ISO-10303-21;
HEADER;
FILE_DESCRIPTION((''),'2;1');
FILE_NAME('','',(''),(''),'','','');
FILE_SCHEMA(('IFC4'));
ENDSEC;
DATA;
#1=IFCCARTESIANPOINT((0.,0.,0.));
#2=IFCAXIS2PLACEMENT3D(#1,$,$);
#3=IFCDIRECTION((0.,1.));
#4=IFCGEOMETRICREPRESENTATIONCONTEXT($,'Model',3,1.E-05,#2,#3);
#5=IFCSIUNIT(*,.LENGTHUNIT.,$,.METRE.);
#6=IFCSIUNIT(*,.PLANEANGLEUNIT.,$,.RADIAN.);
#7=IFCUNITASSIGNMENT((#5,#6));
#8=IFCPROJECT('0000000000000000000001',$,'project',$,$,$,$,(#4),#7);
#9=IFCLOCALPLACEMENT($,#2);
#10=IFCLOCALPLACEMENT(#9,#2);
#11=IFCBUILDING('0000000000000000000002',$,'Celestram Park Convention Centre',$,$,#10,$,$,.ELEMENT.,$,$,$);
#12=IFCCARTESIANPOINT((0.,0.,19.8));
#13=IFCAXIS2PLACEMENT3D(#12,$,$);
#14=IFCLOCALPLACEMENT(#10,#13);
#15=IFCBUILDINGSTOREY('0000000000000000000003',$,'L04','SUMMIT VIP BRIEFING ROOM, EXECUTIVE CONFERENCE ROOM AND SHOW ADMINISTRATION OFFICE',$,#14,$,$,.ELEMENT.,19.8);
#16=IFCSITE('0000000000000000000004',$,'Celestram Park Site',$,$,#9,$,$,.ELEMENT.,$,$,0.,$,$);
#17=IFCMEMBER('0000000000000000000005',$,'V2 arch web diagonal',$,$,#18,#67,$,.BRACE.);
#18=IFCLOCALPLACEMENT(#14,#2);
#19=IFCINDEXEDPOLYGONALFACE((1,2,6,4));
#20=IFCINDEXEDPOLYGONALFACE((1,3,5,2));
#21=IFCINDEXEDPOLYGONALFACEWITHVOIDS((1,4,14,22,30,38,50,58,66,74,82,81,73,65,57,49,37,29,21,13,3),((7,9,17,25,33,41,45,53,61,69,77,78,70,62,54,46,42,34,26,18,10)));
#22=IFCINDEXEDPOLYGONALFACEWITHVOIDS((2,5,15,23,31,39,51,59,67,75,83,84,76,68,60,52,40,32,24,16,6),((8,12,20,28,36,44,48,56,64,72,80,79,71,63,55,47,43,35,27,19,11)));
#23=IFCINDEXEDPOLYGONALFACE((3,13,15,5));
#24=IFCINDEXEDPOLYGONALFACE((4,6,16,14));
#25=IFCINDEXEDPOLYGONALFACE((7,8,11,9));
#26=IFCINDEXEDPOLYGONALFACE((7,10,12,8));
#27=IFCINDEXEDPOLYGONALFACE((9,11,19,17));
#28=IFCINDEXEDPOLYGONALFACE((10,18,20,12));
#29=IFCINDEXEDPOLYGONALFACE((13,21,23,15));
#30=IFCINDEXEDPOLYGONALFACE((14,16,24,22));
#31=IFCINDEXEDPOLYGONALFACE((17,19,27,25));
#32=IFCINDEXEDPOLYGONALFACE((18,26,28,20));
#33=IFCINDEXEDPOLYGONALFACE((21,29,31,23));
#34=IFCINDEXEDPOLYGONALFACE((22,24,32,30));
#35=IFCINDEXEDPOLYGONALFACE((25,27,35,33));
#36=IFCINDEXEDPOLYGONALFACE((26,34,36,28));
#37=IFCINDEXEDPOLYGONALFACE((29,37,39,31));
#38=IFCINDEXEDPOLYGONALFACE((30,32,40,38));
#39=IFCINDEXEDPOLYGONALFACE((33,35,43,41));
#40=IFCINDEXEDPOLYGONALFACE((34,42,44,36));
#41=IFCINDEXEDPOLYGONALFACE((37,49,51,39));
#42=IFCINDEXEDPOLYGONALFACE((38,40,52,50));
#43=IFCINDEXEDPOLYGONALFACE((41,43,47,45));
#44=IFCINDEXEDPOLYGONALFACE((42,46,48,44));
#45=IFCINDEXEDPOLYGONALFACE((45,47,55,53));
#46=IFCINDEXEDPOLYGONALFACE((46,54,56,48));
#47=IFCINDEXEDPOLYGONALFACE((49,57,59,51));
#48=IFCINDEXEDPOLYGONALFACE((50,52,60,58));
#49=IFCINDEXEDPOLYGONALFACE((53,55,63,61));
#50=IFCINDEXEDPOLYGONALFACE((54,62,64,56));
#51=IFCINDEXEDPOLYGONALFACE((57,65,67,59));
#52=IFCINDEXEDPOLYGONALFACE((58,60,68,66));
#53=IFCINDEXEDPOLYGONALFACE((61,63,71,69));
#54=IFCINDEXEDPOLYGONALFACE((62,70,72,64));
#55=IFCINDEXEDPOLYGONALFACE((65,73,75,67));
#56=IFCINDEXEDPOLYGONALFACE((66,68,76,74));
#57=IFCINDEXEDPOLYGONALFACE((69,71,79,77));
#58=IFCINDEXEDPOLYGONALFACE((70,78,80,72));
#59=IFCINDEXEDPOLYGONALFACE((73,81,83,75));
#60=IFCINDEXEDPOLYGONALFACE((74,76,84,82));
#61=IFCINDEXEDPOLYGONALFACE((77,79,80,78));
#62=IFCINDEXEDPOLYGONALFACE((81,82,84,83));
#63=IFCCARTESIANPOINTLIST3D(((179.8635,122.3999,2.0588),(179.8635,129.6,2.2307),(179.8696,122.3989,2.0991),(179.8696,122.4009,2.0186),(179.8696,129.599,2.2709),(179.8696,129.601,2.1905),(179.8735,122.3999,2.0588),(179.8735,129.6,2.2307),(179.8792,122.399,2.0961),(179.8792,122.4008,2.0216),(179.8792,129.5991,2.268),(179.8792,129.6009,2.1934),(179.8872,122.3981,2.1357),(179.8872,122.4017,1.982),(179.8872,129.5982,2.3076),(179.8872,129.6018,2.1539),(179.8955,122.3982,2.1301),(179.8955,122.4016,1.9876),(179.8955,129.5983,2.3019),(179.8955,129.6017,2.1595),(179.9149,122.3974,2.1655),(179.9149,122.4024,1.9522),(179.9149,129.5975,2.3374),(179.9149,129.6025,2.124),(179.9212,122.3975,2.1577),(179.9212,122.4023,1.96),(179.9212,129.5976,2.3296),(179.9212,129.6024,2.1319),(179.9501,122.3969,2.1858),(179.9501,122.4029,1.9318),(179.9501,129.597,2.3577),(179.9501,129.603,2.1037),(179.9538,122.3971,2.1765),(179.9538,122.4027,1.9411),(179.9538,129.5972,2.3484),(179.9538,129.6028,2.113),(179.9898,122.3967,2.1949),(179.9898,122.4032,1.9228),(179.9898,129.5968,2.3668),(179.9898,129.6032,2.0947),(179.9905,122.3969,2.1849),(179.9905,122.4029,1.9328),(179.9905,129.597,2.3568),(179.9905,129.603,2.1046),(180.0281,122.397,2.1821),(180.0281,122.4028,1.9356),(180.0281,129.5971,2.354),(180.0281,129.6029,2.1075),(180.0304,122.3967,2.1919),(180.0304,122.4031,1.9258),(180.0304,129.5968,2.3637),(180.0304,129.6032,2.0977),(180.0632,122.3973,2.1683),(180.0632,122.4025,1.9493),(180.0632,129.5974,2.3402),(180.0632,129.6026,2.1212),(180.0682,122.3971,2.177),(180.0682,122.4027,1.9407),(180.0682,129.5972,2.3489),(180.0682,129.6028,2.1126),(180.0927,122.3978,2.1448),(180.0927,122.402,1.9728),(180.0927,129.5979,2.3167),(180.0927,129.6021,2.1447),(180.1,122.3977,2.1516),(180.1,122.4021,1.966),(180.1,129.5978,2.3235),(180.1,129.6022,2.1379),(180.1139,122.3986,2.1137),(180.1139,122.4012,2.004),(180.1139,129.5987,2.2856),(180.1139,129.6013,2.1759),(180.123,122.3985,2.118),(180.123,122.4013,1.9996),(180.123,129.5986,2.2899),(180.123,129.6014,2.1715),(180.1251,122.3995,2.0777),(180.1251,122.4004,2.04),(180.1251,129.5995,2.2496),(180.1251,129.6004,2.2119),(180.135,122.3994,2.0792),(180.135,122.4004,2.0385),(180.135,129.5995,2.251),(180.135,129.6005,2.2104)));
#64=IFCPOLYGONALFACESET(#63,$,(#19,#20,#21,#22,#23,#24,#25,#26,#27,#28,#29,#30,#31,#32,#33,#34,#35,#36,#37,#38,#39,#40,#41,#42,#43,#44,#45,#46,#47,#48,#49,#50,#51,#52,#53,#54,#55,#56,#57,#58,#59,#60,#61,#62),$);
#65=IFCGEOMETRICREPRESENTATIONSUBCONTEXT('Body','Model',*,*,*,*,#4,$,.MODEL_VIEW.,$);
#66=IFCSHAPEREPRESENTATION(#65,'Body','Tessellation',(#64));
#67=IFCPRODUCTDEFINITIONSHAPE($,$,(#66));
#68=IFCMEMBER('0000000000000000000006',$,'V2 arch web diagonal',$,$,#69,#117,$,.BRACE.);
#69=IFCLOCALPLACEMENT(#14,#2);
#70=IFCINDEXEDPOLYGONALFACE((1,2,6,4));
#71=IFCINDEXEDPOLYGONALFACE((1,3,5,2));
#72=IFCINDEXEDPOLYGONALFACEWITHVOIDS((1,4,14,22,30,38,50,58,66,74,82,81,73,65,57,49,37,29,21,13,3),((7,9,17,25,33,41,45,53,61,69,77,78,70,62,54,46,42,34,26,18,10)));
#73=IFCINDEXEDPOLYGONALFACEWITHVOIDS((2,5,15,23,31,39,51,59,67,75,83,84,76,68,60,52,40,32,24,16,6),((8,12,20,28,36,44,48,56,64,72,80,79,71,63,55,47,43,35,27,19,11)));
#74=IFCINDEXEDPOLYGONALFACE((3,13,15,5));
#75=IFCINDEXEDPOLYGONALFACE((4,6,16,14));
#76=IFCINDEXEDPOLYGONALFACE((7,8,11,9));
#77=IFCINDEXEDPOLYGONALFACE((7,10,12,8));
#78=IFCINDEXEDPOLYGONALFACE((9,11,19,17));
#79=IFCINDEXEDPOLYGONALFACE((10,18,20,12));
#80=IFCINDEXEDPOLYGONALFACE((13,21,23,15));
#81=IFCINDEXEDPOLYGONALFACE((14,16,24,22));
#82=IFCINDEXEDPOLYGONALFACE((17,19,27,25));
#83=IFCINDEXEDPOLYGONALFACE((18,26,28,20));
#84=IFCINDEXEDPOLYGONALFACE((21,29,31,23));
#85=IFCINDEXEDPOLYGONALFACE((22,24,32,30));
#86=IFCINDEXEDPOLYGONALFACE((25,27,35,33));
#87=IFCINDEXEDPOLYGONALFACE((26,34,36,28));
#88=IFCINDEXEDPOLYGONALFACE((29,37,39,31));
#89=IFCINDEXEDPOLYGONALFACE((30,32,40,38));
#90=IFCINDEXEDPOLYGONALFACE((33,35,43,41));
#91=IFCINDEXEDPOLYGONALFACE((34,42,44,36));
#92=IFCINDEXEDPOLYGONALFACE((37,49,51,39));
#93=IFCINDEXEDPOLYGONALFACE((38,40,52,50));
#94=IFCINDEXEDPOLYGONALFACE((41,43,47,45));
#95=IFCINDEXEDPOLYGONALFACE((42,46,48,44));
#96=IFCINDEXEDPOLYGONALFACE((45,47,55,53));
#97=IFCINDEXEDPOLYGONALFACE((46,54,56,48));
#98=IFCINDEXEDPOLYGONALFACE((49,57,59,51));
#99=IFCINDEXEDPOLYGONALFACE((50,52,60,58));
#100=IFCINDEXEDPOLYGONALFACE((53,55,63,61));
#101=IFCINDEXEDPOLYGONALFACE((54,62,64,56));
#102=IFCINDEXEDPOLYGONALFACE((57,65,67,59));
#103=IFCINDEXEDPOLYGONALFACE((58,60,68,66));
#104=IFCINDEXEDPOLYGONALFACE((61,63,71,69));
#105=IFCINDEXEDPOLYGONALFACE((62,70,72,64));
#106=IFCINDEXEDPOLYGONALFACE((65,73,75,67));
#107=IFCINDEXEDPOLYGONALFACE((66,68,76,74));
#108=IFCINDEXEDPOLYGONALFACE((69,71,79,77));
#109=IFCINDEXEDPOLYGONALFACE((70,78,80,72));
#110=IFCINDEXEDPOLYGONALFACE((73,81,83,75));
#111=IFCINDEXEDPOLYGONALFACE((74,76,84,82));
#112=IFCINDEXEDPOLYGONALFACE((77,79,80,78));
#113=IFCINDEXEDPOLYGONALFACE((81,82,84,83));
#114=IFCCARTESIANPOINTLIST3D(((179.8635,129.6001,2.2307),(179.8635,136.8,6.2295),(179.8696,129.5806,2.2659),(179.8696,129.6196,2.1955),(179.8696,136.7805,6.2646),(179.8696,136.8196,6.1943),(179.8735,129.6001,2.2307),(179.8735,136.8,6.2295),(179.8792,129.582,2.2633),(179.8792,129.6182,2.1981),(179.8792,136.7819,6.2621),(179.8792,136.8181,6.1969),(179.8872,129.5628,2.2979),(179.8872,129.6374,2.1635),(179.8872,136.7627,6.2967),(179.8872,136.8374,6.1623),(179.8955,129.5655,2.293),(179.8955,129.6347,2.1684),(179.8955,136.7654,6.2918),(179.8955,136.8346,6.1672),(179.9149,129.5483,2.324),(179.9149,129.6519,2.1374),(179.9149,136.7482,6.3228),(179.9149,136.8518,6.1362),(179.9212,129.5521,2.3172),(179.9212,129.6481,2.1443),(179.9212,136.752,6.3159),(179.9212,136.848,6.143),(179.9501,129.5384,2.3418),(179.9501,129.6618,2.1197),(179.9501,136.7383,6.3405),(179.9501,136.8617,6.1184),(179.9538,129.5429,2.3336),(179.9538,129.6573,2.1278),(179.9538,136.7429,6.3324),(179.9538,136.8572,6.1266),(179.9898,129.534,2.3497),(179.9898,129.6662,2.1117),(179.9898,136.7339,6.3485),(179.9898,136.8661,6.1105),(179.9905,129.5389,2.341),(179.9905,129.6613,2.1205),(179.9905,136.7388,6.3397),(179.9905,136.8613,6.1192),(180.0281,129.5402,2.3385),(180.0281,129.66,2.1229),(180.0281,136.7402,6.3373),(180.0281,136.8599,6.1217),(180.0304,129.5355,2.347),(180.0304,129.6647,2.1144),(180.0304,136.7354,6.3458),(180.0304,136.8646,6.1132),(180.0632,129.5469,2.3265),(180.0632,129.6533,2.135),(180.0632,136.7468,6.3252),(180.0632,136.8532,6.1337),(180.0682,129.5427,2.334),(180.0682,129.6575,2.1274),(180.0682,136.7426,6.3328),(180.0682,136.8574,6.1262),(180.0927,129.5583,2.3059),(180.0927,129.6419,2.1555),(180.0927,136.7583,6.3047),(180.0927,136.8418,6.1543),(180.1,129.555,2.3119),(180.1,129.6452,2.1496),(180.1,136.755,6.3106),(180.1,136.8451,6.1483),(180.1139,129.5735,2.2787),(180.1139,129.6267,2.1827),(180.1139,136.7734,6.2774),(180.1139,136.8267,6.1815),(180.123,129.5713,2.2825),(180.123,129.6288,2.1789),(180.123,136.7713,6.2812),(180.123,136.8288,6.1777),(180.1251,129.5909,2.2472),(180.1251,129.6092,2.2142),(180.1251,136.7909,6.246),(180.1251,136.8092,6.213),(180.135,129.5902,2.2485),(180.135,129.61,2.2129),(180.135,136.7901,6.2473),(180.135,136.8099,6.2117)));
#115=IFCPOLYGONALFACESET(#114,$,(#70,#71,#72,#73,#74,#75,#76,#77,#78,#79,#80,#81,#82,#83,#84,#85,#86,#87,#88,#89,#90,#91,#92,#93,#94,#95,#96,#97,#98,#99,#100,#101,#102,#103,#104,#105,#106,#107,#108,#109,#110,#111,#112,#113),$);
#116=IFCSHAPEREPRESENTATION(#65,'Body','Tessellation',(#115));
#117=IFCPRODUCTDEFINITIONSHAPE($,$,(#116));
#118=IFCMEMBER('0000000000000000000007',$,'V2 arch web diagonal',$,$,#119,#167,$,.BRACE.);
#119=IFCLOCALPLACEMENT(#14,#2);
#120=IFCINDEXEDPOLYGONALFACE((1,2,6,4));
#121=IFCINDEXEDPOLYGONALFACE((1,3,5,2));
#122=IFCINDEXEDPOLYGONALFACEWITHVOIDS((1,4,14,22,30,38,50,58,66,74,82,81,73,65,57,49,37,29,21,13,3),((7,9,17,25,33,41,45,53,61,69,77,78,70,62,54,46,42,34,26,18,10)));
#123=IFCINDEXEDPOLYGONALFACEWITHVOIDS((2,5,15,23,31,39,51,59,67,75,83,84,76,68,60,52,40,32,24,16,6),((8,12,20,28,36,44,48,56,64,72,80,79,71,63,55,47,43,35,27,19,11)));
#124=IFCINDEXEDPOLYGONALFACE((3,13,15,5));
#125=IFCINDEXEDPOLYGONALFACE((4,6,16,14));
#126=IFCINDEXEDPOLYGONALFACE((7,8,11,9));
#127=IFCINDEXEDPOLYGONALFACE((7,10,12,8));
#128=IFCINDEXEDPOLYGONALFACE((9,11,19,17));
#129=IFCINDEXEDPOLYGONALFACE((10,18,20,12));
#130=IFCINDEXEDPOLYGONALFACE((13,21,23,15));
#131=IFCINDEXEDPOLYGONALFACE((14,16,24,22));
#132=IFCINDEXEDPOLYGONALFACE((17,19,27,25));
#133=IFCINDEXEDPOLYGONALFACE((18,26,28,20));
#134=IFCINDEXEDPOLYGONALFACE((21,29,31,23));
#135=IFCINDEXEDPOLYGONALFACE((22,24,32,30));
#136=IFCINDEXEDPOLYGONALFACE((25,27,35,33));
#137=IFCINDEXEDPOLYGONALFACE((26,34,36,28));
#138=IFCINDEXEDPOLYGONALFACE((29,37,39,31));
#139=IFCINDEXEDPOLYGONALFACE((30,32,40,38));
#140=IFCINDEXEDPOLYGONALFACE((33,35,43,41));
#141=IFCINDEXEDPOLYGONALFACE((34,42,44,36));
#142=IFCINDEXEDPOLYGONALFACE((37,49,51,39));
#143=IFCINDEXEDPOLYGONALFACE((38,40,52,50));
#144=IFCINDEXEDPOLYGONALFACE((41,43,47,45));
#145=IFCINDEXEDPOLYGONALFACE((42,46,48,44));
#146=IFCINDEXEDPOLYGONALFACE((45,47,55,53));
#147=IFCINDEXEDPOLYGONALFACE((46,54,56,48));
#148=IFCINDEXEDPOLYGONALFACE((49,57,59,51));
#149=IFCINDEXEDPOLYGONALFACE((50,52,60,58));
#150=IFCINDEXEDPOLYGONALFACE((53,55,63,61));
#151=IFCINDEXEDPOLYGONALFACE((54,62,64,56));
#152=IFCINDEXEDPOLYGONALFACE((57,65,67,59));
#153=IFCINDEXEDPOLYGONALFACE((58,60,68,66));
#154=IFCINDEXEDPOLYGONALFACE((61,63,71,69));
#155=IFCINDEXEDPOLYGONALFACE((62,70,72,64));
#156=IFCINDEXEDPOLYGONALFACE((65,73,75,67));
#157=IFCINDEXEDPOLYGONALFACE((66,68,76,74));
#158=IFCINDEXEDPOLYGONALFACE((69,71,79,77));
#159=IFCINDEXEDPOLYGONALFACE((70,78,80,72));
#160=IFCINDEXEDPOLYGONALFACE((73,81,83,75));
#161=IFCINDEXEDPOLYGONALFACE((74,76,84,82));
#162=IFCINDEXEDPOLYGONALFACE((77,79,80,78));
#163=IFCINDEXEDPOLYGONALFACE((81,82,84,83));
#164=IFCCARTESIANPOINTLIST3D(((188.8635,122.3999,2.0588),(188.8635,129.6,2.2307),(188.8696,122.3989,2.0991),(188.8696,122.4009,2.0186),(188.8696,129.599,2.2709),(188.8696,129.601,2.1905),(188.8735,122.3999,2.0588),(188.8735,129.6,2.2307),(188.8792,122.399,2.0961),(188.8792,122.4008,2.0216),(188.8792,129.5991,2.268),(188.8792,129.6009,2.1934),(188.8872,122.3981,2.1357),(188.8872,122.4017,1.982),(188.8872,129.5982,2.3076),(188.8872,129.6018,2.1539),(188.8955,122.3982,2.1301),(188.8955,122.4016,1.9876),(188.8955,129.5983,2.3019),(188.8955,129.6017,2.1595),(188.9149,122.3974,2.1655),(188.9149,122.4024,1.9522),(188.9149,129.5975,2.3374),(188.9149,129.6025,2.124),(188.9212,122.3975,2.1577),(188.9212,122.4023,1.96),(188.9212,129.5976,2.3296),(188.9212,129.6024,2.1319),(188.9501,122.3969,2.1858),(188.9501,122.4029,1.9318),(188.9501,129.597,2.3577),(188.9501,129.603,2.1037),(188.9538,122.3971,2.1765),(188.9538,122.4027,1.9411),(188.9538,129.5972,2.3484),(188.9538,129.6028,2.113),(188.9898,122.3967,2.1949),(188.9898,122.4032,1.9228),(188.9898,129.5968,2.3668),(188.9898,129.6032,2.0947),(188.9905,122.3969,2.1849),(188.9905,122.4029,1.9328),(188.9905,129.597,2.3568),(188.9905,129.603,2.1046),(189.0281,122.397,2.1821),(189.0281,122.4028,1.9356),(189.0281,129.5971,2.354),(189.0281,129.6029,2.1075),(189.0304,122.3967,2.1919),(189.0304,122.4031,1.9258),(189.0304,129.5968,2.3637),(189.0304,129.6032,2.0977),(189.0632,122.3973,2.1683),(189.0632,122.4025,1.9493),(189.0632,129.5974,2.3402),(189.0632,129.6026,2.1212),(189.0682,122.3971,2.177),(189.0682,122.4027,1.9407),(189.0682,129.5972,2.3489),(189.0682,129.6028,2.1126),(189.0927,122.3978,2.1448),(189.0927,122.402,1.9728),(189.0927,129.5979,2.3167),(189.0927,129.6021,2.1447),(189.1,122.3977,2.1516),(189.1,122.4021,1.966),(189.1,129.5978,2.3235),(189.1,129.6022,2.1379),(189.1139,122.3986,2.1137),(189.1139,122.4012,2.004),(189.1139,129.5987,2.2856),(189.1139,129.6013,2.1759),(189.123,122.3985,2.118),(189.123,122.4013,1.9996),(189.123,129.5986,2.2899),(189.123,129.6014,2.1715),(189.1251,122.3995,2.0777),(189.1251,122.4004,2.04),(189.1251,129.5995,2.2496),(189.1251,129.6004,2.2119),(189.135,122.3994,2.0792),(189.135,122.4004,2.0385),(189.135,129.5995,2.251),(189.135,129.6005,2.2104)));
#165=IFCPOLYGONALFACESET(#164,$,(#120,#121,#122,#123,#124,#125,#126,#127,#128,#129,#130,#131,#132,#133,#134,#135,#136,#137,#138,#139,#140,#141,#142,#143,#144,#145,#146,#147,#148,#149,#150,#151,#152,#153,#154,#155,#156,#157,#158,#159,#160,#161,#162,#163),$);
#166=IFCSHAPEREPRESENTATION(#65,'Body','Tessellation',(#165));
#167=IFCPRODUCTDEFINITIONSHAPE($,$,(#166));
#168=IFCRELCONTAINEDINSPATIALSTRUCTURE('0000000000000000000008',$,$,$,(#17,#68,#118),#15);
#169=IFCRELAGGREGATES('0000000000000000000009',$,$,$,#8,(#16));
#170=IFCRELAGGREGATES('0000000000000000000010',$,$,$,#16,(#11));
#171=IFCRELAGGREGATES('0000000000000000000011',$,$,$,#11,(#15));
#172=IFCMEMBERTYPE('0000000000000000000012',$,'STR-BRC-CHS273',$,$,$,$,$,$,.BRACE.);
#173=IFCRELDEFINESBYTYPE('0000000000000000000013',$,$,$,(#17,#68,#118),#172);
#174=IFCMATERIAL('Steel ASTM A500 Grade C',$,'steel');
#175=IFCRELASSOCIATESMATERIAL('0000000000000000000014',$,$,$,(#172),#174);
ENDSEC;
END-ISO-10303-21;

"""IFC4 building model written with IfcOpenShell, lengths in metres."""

from ifc_helpers import new_model, si_unit, direction, frame, origin, origin_2d, place, context, subcontext, project, spatial, hollow_circle, extrude, material, material_profile, profile_set, type_object, element, save


model = new_model("IFC4")

# Units and contexts
model_context = context("Model", 3, precision=1e-05, world=origin(), true_north=direction((0.0, 1.0)))
body_context = subcontext(model_context, "Body", "Model", "MODEL_VIEW")
ifc_project = project(units=[si_unit("LENGTHUNIT", "METRE"), si_unit("PLANEANGLEUNIT", "RADIAN")], contexts=[model_context])

# Site, building, storey
site_placement = place(None, origin())
site = spatial("IfcSite", under=ifc_project, at=site_placement, Name="Celestram Park Site", CompositionType="ELEMENT", RefElevation=0.0)
building_placement = place(site_placement, origin())
building = spatial("IfcBuilding", under=site, at=building_placement, Name="Celestram Park Convention Centre", CompositionType="ELEMENT")
storey_placement = place(building_placement, frame((0.0, 0.0, 19.8)))
storey = spatial("IfcBuildingStorey", under=building, at=storey_placement, Name="L04", Description="SUMMIT VIP BRIEFING ROOM, EXECUTIVE CONFERENCE ROOM AND SHOW ADMINISTRATION OFFICE", CompositionType="ELEMENT", Elevation=19.8)

# Members
ifc_material_1 = material(Name="Steel ASTM A500 Grade C", Category="steel")
ifc_material_profile_1 = material_profile(ifc_material_1, hollow_circle(Radius=0.1365, WallThickness=0.01, at=origin_2d()), Name="CHS273X10")
ifc_profile_set_1 = profile_set([ifc_material_profile_1], Name="Steel ASTM A500 Grade C")
member_type_1 = type_object("IfcMemberType", Name="STR-BRC-CHS273", PredefinedType="BRACE", material=ifc_profile_set_1)
member_1_placement = place(storey_placement, frame((180.0, 122.3999, 2.0588), z_axis=(0.0, 0.999715, 0.023864), x_axis=(-1.0, 0.0, 0.0)))
element("IfcMember", 1, at=member_1_placement, inside=storey, type_object=member_type_1, Name="V2 arch web diagonal", PredefinedType="BRACE", context=body_context, shape_type="SweptSolid", body=[
    extrude(hollow_circle(Radius=0.1365, WallThickness=0.01, at=origin_2d()), origin(), (0.0, 0.0, 1.0), 7.2021),
])
member_2_placement = place(storey_placement, frame((180.0, 129.6001, 2.2307), z_axis=(0.0, 0.874219, 0.485532), x_axis=(-1.0, 0.0, 0.0)))
element("IfcMember", 2, at=member_2_placement, inside=storey, type_object=member_type_1, Name="V2 arch web diagonal", PredefinedType="BRACE", context=body_context, shape_type="SweptSolid", body=[
    extrude(hollow_circle(Radius=0.1365, WallThickness=0.01, at=origin_2d()), origin(), (0.0, 0.0, 1.0), 8.2358),
])
member_3_placement = place(storey_placement, frame((189.0, 122.3999, 2.0588), z_axis=(0.0, 0.999715, 0.023864), x_axis=(-1.0, 0.0, 0.0)))
element("IfcMember", 3, at=member_3_placement, inside=storey, type_object=member_type_1, Name="V2 arch web diagonal", PredefinedType="BRACE", context=body_context, shape_type="SweptSolid", body=[
    extrude(hollow_circle(Radius=0.1365, WallThickness=0.01, at=origin_2d()), origin(), (0.0, 0.0, 1.0), 7.2021),
])

save(model, "model.ifc")
